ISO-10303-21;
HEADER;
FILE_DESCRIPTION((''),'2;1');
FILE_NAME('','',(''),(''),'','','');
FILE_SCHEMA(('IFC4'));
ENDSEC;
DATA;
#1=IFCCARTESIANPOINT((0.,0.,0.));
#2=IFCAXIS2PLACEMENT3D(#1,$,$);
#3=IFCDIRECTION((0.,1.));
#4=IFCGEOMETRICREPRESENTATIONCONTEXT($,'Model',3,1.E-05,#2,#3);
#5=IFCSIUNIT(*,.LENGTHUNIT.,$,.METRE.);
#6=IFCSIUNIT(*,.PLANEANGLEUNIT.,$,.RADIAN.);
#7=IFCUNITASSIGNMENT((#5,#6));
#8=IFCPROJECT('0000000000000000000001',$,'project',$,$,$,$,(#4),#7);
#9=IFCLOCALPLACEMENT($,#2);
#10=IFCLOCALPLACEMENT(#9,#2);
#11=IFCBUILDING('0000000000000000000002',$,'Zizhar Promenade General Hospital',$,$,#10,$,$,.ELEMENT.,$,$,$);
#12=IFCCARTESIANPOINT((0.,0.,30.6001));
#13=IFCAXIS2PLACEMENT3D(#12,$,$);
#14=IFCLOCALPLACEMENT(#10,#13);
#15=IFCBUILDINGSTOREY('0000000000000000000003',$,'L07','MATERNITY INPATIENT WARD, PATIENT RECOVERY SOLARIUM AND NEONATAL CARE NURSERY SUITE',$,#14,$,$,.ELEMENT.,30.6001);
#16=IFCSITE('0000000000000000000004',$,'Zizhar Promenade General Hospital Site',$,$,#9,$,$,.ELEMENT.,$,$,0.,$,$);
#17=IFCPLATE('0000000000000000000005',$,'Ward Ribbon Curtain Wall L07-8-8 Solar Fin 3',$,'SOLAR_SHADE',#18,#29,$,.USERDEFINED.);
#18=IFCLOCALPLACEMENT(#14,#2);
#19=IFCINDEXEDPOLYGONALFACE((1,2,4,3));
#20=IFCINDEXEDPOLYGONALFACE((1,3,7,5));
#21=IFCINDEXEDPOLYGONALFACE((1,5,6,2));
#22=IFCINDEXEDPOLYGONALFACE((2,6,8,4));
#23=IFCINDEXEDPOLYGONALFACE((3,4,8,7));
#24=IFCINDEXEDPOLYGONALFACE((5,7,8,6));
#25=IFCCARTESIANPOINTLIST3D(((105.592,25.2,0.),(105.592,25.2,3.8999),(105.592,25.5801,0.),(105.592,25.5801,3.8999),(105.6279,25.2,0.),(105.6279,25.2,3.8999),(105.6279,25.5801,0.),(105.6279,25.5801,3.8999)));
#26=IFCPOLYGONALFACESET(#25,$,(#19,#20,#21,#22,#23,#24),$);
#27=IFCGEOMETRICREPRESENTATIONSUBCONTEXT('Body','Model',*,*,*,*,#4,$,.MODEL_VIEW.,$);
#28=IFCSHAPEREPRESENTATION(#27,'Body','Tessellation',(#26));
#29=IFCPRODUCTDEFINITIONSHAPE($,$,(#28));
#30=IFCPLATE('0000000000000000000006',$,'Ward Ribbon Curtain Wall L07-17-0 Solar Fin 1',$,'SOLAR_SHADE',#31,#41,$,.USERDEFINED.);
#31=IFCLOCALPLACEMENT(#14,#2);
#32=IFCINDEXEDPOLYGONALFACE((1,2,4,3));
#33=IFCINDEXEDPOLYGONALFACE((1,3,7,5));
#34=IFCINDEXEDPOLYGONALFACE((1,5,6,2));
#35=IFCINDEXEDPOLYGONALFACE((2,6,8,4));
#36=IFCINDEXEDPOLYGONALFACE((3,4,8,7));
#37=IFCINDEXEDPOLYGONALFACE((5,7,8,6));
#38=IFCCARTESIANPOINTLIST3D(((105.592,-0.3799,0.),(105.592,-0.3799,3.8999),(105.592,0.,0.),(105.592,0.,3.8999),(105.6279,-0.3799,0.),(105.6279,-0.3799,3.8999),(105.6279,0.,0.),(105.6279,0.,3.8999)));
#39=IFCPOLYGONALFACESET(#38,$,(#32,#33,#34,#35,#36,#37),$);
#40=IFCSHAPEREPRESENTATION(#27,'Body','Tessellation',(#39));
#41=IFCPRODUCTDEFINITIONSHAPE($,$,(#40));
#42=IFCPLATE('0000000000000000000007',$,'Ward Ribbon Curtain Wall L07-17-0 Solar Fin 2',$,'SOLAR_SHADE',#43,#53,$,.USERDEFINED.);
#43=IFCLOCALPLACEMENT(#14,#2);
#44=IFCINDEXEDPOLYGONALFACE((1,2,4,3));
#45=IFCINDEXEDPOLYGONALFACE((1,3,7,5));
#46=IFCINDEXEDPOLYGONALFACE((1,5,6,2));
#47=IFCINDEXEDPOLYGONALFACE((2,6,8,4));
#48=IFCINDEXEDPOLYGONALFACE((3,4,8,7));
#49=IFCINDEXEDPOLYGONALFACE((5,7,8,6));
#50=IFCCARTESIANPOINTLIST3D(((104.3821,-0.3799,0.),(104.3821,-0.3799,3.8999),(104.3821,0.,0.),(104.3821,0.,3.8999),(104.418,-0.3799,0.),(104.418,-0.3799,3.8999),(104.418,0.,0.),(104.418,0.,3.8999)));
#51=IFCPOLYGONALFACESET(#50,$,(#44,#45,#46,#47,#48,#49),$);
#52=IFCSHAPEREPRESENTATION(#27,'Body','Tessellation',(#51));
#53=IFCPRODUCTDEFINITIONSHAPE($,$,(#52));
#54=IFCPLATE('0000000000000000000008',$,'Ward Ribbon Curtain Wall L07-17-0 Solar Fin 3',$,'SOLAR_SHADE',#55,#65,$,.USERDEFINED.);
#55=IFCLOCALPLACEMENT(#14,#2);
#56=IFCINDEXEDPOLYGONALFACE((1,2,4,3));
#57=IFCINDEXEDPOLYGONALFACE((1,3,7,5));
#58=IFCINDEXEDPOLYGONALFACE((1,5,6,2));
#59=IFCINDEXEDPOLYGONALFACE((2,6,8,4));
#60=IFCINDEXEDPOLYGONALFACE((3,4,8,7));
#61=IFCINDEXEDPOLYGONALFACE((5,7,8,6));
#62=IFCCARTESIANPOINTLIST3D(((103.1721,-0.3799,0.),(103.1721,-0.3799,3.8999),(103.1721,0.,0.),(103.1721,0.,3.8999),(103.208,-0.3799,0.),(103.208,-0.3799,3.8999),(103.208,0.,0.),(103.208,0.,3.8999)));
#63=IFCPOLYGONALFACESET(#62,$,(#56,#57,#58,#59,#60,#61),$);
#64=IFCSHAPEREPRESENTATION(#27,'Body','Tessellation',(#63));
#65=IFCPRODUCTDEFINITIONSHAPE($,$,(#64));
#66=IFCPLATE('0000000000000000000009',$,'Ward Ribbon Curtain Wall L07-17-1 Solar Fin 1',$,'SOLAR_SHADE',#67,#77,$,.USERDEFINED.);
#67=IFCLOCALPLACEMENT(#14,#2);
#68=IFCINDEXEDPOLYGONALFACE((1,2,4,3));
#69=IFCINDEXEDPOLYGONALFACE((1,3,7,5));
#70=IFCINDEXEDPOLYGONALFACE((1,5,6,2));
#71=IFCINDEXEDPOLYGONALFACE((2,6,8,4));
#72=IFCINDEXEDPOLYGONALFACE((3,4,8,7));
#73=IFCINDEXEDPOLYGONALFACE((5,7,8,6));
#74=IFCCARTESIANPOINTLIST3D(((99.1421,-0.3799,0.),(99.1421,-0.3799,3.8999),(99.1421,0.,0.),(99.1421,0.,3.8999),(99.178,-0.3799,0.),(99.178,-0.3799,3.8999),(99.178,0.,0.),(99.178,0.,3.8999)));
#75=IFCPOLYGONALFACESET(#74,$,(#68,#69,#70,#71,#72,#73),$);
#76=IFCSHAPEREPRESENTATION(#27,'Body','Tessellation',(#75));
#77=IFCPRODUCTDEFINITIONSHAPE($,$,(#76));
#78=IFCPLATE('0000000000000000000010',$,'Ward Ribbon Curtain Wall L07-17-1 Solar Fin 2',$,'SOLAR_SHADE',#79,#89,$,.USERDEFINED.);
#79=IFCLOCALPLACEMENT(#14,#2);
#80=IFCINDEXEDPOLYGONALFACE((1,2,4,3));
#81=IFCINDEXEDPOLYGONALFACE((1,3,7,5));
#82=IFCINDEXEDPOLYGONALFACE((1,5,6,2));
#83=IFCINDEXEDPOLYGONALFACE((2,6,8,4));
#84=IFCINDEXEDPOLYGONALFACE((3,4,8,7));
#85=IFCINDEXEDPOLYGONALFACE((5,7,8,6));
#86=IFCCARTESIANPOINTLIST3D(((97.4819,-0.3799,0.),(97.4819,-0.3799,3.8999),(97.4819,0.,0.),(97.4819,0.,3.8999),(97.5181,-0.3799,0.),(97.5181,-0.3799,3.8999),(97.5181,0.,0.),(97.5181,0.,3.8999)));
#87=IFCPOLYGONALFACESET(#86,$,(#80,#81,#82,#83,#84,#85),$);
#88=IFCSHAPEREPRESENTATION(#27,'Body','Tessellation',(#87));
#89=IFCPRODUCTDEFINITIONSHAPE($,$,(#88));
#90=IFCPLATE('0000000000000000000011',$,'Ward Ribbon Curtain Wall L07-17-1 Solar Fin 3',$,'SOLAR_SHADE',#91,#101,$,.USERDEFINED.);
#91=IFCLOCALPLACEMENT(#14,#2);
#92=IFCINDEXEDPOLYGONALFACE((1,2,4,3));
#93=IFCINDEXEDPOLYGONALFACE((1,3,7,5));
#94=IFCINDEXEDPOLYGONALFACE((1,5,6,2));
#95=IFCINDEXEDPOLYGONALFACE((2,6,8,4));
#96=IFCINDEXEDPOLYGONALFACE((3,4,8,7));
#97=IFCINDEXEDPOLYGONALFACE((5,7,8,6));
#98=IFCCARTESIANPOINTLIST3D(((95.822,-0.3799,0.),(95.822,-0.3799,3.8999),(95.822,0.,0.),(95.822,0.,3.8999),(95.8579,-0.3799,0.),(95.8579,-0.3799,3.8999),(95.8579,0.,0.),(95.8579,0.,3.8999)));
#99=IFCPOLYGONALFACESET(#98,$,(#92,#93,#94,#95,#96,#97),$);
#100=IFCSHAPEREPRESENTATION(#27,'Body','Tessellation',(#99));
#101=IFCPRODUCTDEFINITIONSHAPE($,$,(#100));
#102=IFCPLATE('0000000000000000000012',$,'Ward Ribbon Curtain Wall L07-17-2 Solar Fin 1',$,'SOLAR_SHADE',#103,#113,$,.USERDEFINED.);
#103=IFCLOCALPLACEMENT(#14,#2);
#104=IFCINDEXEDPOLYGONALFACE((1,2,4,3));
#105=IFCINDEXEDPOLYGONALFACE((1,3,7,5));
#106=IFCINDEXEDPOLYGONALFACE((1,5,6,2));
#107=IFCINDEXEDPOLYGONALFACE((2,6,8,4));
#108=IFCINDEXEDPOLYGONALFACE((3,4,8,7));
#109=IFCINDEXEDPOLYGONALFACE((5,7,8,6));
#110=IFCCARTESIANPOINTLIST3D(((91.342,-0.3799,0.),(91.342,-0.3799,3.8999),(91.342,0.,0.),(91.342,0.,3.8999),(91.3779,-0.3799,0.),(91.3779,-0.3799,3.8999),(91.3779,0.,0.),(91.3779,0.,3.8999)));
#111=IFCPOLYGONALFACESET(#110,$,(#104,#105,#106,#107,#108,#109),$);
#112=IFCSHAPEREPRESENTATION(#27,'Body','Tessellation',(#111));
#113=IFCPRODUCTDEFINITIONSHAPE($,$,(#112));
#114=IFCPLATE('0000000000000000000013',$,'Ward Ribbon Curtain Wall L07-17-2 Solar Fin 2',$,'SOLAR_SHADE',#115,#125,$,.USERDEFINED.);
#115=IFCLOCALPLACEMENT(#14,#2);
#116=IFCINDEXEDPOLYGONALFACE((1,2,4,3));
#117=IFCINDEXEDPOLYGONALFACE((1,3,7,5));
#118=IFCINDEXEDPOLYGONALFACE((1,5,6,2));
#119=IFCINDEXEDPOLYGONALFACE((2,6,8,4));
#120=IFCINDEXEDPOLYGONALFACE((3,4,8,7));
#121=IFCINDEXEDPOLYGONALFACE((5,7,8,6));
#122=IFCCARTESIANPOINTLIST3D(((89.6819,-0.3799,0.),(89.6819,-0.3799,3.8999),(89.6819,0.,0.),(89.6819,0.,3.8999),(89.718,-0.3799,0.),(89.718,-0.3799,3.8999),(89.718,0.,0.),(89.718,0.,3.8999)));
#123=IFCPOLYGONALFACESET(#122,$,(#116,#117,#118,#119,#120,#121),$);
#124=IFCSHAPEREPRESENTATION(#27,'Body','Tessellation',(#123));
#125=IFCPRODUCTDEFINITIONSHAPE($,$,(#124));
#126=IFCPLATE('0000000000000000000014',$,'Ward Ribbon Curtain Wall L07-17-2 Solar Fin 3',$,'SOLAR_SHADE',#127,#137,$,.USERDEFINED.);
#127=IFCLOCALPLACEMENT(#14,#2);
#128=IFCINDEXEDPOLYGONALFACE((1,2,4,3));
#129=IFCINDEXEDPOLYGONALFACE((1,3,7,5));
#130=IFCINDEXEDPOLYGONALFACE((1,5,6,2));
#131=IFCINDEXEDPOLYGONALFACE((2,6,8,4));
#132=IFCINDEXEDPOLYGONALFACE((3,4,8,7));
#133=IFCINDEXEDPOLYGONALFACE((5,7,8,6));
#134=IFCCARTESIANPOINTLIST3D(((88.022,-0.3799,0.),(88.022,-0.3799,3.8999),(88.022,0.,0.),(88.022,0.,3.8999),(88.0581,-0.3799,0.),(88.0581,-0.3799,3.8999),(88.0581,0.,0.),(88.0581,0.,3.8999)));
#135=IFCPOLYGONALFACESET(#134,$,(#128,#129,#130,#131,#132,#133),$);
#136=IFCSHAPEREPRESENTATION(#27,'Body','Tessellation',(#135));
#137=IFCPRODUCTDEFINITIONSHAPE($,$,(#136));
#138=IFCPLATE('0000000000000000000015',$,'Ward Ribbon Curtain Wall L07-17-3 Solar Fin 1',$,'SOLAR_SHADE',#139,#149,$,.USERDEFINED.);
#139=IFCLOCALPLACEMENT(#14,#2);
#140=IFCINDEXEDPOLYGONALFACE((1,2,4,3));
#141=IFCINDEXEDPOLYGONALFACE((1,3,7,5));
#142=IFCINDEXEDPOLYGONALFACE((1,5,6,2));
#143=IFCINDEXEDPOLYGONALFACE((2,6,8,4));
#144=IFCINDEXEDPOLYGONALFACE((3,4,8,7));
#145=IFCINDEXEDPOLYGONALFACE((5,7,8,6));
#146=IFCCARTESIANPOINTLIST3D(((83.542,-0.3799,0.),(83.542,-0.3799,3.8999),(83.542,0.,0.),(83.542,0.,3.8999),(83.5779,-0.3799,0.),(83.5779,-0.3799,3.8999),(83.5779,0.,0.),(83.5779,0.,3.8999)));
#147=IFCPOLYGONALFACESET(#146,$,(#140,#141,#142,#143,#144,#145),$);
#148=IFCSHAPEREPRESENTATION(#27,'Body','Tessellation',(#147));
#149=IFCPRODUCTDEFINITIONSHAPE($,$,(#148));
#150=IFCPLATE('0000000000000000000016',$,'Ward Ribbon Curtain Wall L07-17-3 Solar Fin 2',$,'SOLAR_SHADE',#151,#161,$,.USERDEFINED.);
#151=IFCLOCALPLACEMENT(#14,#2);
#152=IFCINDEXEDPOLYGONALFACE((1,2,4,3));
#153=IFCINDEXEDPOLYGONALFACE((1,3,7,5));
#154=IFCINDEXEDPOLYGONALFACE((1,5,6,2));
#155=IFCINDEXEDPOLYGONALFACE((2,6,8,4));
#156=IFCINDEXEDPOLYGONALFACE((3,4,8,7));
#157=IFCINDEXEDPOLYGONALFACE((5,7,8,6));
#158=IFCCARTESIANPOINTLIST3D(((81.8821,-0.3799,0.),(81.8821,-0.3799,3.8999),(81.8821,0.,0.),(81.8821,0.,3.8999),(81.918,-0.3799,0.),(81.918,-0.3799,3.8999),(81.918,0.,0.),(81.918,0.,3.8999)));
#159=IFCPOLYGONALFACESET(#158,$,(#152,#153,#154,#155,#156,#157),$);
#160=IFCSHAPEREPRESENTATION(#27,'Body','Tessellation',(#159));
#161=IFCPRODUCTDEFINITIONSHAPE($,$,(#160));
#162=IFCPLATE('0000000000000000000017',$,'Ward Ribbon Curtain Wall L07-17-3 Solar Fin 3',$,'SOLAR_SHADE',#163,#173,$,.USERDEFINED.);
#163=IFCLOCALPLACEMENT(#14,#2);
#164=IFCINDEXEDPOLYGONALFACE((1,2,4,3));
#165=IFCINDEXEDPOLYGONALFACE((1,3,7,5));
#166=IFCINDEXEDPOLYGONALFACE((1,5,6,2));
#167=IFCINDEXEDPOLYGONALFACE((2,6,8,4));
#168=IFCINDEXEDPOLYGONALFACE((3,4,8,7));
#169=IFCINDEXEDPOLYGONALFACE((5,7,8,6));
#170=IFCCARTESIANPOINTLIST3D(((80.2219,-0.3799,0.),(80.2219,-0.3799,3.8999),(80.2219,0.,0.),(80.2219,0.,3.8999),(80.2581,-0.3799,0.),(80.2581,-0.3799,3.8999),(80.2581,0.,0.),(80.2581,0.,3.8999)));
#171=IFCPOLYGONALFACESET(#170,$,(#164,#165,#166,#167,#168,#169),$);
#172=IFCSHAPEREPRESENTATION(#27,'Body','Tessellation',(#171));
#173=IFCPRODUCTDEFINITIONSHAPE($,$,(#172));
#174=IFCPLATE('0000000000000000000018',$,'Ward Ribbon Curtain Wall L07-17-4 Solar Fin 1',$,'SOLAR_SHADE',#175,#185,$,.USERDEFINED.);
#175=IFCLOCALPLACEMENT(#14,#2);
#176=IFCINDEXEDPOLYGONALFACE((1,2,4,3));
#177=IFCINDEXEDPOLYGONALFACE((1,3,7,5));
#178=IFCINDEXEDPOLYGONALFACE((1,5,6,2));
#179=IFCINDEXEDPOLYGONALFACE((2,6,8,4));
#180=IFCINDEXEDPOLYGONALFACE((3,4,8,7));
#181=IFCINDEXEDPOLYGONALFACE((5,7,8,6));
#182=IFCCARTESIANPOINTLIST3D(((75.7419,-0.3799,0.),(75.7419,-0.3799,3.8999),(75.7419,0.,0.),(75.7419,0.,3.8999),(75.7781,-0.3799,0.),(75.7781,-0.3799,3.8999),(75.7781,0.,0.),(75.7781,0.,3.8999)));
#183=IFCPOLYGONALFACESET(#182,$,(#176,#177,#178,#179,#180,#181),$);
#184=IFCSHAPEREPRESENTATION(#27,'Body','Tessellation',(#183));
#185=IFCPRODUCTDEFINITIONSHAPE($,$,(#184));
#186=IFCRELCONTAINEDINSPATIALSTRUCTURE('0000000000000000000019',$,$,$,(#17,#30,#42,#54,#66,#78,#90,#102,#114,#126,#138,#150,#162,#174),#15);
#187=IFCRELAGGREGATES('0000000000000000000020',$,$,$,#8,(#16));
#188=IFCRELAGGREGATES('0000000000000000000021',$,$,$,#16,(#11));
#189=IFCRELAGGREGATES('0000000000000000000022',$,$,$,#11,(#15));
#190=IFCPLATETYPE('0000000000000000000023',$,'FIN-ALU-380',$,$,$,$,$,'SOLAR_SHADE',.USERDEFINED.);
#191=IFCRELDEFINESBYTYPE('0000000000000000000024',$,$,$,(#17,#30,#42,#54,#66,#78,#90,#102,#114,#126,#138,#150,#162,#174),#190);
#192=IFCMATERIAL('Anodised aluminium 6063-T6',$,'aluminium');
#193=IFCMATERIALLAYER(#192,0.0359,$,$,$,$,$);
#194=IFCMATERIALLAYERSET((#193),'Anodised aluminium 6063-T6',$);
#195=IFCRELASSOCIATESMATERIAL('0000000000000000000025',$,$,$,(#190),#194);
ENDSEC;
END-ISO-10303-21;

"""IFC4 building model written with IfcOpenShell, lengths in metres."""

from ifc_helpers import new_model, si_unit, direction, frame, origin, place, context, subcontext, project, spatial, polyline, outline, extrude, material, layer, layer_set, type_object, element, save


model = new_model("IFC4")

# Units and contexts
model_context = context("Model", 3, precision=1e-05, world=origin(), true_north=direction((0.0, 1.0)))
body_context = subcontext(model_context, "Body", "Model", "MODEL_VIEW")
ifc_project = project(units=[si_unit("LENGTHUNIT", "METRE"), si_unit("PLANEANGLEUNIT", "RADIAN")], contexts=[model_context])

# Site, building, storey
site_placement = place(None, origin())
site = spatial("IfcSite", under=ifc_project, at=site_placement, Name="Zizhar Promenade General Hospital Site", CompositionType="ELEMENT", RefElevation=0.0)
building_placement = place(site_placement, origin())
building = spatial("IfcBuilding", under=site, at=building_placement, Name="Zizhar Promenade General Hospital", CompositionType="ELEMENT")
storey_placement = place(building_placement, frame((0.0, 0.0, 30.6001)))
storey = spatial("IfcBuildingStorey", under=building, at=storey_placement, Name="L07", Description="MATERNITY INPATIENT WARD, PATIENT RECOVERY SOLARIUM AND NEONATAL CARE NURSERY SUITE", CompositionType="ELEMENT", Elevation=30.6001)

# Plates
ifc_material = material(Name="Anodised aluminium 6063-T6", Category="aluminium")
ifc_layer = layer(ifc_material, 0.0359)
ifc_layer_set = layer_set([ifc_layer], Name="Anodised aluminium 6063-T6")
plate_type = type_object("IfcPlateType", Name="FIN-ALU-380", ElementType="SOLAR_SHADE", PredefinedType="USERDEFINED", material=ifc_layer_set)
plate_1_placement = place(storey_placement, origin())
element("IfcPlate", 1, at=plate_1_placement, inside=storey, type_object=plate_type, Name="Ward Ribbon Curtain Wall L07-8-8 Solar Fin 3", ObjectType="SOLAR_SHADE", PredefinedType="USERDEFINED", context=body_context, shape_type="SweptSolid", body=[
    extrude(outline(polyline([(105.592, 25.2), (105.6279, 25.2), (105.6279, 25.5801), (105.592, 25.5801), (105.592, 25.2)])), origin(), (0.0, 0.0, 1.0), 3.8999),
])
plate_2_placement = place(storey_placement, origin())
element("IfcPlate", 2, at=plate_2_placement, inside=storey, type_object=plate_type, Name="Ward Ribbon Curtain Wall L07-17-0 Solar Fin 1", ObjectType="SOLAR_SHADE", PredefinedType="USERDEFINED", context=body_context, shape_type="SweptSolid", body=[
    extrude(outline(polyline([(105.6279, 0.0), (105.592, 0.0), (105.592, -0.3799), (105.6279, -0.3799), (105.6279, 0.0)])), origin(), (0.0, 0.0, 1.0), 3.8999),
])
plate_3_placement = place(storey_placement, origin())
element("IfcPlate", 3, at=plate_3_placement, inside=storey, type_object=plate_type, Name="Ward Ribbon Curtain Wall L07-17-0 Solar Fin 2", ObjectType="SOLAR_SHADE", PredefinedType="USERDEFINED", context=body_context, shape_type="SweptSolid", body=[
    extrude(outline(polyline([(104.418, 0.0), (104.3821, 0.0), (104.3821, -0.3799), (104.418, -0.3799), (104.418, 0.0)])), origin(), (0.0, 0.0, 1.0), 3.8999),
])
plate_4_placement = place(storey_placement, origin())
element("IfcPlate", 4, at=plate_4_placement, inside=storey, type_object=plate_type, Name="Ward Ribbon Curtain Wall L07-17-0 Solar Fin 3", ObjectType="SOLAR_SHADE", PredefinedType="USERDEFINED", context=body_context, shape_type="SweptSolid", body=[
    extrude(outline(polyline([(103.208, 0.0), (103.1721, 0.0), (103.1721, -0.3799), (103.208, -0.3799), (103.208, 0.0)])), origin(), (0.0, 0.0, 1.0), 3.8999),
])
plate_5_placement = place(storey_placement, origin())
element("IfcPlate", 5, at=plate_5_placement, inside=storey, type_object=plate_type, Name="Ward Ribbon Curtain Wall L07-17-1 Solar Fin 1", ObjectType="SOLAR_SHADE", PredefinedType="USERDEFINED", context=body_context, shape_type="SweptSolid", body=[
    extrude(outline(polyline([(99.178, 0.0), (99.1421, 0.0), (99.1421, -0.3799), (99.178, -0.3799), (99.178, 0.0)])), origin(), (0.0, 0.0, 1.0), 3.8999),
])
plate_6_placement = place(storey_placement, origin())
element("IfcPlate", 6, at=plate_6_placement, inside=storey, type_object=plate_type, Name="Ward Ribbon Curtain Wall L07-17-1 Solar Fin 2", ObjectType="SOLAR_SHADE", PredefinedType="USERDEFINED", context=body_context, shape_type="SweptSolid", body=[
    extrude(outline(polyline([(97.5181, 0.0), (97.4819, 0.0), (97.4819, -0.3799), (97.5181, -0.3799), (97.5181, 0.0)])), origin(), (0.0, 0.0, 1.0), 3.8999),
])
plate_7_placement = place(storey_placement, origin())
element("IfcPlate", 7, at=plate_7_placement, inside=storey, type_object=plate_type, Name="Ward Ribbon Curtain Wall L07-17-1 Solar Fin 3", ObjectType="SOLAR_SHADE", PredefinedType="USERDEFINED", context=body_context, shape_type="SweptSolid", body=[
    extrude(outline(polyline([(95.8579, 0.0), (95.822, 0.0), (95.822, -0.3799), (95.8579, -0.3799), (95.8579, 0.0)])), origin(), (0.0, 0.0, 1.0), 3.8999),
])
plate_8_placement = place(storey_placement, origin())
element("IfcPlate", 8, at=plate_8_placement, inside=storey, type_object=plate_type, Name="Ward Ribbon Curtain Wall L07-17-2 Solar Fin 1", ObjectType="SOLAR_SHADE", PredefinedType="USERDEFINED", context=body_context, shape_type="SweptSolid", body=[
    extrude(outline(polyline([(91.3779, 0.0), (91.342, 0.0), (91.342, -0.3799), (91.3779, -0.3799), (91.3779, 0.0)])), origin(), (0.0, 0.0, 1.0), 3.8999),
])
plate_9_placement = place(storey_placement, origin())
element("IfcPlate", 9, at=plate_9_placement, inside=storey, type_object=plate_type, Name="Ward Ribbon Curtain Wall L07-17-2 Solar Fin 2", ObjectType="SOLAR_SHADE", PredefinedType="USERDEFINED", context=body_context, shape_type="SweptSolid", body=[
    extrude(outline(polyline([(89.718, 0.0), (89.6819, 0.0), (89.6819, -0.3799), (89.718, -0.3799), (89.718, 0.0)])), origin(), (0.0, 0.0, 1.0), 3.8999),
])
plate_10_placement = place(storey_placement, origin())
element("IfcPlate", 10, at=plate_10_placement, inside=storey, type_object=plate_type, Name="Ward Ribbon Curtain Wall L07-17-2 Solar Fin 3", ObjectType="SOLAR_SHADE", PredefinedType="USERDEFINED", context=body_context, shape_type="SweptSolid", body=[
    extrude(outline(polyline([(88.0581, 0.0), (88.022, 0.0), (88.022, -0.3799), (88.0581, -0.3799), (88.0581, 0.0)])), origin(), (0.0, 0.0, 1.0), 3.8999),
])
plate_11_placement = place(storey_placement, origin())
element("IfcPlate", 11, at=plate_11_placement, inside=storey, type_object=plate_type, Name="Ward Ribbon Curtain Wall L07-17-3 Solar Fin 1", ObjectType="SOLAR_SHADE", PredefinedType="USERDEFINED", context=body_context, shape_type="SweptSolid", body=[
    extrude(outline(polyline([(83.5779, 0.0), (83.542, 0.0), (83.542, -0.3799), (83.5779, -0.3799), (83.5779, 0.0)])), origin(), (0.0, 0.0, 1.0), 3.8999),
])
plate_12_placement = place(storey_placement, origin())
element("IfcPlate", 12, at=plate_12_placement, inside=storey, type_object=plate_type, Name="Ward Ribbon Curtain Wall L07-17-3 Solar Fin 2", ObjectType="SOLAR_SHADE", PredefinedType="USERDEFINED", context=body_context, shape_type="SweptSolid", body=[
    extrude(outline(polyline([(81.918, 0.0), (81.8821, 0.0), (81.8821, -0.3799), (81.918, -0.3799), (81.918, 0.0)])), origin(), (0.0, 0.0, 1.0), 3.8999),
])
plate_13_placement = place(storey_placement, origin())
element("IfcPlate", 13, at=plate_13_placement, inside=storey, type_object=plate_type, Name="Ward Ribbon Curtain Wall L07-17-3 Solar Fin 3", ObjectType="SOLAR_SHADE", PredefinedType="USERDEFINED", context=body_context, shape_type="SweptSolid", body=[
    extrude(outline(polyline([(80.2581, 0.0), (80.2219, 0.0), (80.2219, -0.3799), (80.2581, -0.3799), (80.2581, 0.0)])), origin(), (0.0, 0.0, 1.0), 3.8999),
])
plate_14_placement = place(storey_placement, origin())
element("IfcPlate", 14, at=plate_14_placement, inside=storey, type_object=plate_type, Name="Ward Ribbon Curtain Wall L07-17-4 Solar Fin 1", ObjectType="SOLAR_SHADE", PredefinedType="USERDEFINED", context=body_context, shape_type="SweptSolid", body=[
    extrude(outline(polyline([(75.7781, 0.0), (75.7419, 0.0), (75.7419, -0.3799), (75.7781, -0.3799), (75.7781, 0.0)])), origin(), (0.0, 0.0, 1.0), 3.8999),
])

save(model, "model.ifc")
